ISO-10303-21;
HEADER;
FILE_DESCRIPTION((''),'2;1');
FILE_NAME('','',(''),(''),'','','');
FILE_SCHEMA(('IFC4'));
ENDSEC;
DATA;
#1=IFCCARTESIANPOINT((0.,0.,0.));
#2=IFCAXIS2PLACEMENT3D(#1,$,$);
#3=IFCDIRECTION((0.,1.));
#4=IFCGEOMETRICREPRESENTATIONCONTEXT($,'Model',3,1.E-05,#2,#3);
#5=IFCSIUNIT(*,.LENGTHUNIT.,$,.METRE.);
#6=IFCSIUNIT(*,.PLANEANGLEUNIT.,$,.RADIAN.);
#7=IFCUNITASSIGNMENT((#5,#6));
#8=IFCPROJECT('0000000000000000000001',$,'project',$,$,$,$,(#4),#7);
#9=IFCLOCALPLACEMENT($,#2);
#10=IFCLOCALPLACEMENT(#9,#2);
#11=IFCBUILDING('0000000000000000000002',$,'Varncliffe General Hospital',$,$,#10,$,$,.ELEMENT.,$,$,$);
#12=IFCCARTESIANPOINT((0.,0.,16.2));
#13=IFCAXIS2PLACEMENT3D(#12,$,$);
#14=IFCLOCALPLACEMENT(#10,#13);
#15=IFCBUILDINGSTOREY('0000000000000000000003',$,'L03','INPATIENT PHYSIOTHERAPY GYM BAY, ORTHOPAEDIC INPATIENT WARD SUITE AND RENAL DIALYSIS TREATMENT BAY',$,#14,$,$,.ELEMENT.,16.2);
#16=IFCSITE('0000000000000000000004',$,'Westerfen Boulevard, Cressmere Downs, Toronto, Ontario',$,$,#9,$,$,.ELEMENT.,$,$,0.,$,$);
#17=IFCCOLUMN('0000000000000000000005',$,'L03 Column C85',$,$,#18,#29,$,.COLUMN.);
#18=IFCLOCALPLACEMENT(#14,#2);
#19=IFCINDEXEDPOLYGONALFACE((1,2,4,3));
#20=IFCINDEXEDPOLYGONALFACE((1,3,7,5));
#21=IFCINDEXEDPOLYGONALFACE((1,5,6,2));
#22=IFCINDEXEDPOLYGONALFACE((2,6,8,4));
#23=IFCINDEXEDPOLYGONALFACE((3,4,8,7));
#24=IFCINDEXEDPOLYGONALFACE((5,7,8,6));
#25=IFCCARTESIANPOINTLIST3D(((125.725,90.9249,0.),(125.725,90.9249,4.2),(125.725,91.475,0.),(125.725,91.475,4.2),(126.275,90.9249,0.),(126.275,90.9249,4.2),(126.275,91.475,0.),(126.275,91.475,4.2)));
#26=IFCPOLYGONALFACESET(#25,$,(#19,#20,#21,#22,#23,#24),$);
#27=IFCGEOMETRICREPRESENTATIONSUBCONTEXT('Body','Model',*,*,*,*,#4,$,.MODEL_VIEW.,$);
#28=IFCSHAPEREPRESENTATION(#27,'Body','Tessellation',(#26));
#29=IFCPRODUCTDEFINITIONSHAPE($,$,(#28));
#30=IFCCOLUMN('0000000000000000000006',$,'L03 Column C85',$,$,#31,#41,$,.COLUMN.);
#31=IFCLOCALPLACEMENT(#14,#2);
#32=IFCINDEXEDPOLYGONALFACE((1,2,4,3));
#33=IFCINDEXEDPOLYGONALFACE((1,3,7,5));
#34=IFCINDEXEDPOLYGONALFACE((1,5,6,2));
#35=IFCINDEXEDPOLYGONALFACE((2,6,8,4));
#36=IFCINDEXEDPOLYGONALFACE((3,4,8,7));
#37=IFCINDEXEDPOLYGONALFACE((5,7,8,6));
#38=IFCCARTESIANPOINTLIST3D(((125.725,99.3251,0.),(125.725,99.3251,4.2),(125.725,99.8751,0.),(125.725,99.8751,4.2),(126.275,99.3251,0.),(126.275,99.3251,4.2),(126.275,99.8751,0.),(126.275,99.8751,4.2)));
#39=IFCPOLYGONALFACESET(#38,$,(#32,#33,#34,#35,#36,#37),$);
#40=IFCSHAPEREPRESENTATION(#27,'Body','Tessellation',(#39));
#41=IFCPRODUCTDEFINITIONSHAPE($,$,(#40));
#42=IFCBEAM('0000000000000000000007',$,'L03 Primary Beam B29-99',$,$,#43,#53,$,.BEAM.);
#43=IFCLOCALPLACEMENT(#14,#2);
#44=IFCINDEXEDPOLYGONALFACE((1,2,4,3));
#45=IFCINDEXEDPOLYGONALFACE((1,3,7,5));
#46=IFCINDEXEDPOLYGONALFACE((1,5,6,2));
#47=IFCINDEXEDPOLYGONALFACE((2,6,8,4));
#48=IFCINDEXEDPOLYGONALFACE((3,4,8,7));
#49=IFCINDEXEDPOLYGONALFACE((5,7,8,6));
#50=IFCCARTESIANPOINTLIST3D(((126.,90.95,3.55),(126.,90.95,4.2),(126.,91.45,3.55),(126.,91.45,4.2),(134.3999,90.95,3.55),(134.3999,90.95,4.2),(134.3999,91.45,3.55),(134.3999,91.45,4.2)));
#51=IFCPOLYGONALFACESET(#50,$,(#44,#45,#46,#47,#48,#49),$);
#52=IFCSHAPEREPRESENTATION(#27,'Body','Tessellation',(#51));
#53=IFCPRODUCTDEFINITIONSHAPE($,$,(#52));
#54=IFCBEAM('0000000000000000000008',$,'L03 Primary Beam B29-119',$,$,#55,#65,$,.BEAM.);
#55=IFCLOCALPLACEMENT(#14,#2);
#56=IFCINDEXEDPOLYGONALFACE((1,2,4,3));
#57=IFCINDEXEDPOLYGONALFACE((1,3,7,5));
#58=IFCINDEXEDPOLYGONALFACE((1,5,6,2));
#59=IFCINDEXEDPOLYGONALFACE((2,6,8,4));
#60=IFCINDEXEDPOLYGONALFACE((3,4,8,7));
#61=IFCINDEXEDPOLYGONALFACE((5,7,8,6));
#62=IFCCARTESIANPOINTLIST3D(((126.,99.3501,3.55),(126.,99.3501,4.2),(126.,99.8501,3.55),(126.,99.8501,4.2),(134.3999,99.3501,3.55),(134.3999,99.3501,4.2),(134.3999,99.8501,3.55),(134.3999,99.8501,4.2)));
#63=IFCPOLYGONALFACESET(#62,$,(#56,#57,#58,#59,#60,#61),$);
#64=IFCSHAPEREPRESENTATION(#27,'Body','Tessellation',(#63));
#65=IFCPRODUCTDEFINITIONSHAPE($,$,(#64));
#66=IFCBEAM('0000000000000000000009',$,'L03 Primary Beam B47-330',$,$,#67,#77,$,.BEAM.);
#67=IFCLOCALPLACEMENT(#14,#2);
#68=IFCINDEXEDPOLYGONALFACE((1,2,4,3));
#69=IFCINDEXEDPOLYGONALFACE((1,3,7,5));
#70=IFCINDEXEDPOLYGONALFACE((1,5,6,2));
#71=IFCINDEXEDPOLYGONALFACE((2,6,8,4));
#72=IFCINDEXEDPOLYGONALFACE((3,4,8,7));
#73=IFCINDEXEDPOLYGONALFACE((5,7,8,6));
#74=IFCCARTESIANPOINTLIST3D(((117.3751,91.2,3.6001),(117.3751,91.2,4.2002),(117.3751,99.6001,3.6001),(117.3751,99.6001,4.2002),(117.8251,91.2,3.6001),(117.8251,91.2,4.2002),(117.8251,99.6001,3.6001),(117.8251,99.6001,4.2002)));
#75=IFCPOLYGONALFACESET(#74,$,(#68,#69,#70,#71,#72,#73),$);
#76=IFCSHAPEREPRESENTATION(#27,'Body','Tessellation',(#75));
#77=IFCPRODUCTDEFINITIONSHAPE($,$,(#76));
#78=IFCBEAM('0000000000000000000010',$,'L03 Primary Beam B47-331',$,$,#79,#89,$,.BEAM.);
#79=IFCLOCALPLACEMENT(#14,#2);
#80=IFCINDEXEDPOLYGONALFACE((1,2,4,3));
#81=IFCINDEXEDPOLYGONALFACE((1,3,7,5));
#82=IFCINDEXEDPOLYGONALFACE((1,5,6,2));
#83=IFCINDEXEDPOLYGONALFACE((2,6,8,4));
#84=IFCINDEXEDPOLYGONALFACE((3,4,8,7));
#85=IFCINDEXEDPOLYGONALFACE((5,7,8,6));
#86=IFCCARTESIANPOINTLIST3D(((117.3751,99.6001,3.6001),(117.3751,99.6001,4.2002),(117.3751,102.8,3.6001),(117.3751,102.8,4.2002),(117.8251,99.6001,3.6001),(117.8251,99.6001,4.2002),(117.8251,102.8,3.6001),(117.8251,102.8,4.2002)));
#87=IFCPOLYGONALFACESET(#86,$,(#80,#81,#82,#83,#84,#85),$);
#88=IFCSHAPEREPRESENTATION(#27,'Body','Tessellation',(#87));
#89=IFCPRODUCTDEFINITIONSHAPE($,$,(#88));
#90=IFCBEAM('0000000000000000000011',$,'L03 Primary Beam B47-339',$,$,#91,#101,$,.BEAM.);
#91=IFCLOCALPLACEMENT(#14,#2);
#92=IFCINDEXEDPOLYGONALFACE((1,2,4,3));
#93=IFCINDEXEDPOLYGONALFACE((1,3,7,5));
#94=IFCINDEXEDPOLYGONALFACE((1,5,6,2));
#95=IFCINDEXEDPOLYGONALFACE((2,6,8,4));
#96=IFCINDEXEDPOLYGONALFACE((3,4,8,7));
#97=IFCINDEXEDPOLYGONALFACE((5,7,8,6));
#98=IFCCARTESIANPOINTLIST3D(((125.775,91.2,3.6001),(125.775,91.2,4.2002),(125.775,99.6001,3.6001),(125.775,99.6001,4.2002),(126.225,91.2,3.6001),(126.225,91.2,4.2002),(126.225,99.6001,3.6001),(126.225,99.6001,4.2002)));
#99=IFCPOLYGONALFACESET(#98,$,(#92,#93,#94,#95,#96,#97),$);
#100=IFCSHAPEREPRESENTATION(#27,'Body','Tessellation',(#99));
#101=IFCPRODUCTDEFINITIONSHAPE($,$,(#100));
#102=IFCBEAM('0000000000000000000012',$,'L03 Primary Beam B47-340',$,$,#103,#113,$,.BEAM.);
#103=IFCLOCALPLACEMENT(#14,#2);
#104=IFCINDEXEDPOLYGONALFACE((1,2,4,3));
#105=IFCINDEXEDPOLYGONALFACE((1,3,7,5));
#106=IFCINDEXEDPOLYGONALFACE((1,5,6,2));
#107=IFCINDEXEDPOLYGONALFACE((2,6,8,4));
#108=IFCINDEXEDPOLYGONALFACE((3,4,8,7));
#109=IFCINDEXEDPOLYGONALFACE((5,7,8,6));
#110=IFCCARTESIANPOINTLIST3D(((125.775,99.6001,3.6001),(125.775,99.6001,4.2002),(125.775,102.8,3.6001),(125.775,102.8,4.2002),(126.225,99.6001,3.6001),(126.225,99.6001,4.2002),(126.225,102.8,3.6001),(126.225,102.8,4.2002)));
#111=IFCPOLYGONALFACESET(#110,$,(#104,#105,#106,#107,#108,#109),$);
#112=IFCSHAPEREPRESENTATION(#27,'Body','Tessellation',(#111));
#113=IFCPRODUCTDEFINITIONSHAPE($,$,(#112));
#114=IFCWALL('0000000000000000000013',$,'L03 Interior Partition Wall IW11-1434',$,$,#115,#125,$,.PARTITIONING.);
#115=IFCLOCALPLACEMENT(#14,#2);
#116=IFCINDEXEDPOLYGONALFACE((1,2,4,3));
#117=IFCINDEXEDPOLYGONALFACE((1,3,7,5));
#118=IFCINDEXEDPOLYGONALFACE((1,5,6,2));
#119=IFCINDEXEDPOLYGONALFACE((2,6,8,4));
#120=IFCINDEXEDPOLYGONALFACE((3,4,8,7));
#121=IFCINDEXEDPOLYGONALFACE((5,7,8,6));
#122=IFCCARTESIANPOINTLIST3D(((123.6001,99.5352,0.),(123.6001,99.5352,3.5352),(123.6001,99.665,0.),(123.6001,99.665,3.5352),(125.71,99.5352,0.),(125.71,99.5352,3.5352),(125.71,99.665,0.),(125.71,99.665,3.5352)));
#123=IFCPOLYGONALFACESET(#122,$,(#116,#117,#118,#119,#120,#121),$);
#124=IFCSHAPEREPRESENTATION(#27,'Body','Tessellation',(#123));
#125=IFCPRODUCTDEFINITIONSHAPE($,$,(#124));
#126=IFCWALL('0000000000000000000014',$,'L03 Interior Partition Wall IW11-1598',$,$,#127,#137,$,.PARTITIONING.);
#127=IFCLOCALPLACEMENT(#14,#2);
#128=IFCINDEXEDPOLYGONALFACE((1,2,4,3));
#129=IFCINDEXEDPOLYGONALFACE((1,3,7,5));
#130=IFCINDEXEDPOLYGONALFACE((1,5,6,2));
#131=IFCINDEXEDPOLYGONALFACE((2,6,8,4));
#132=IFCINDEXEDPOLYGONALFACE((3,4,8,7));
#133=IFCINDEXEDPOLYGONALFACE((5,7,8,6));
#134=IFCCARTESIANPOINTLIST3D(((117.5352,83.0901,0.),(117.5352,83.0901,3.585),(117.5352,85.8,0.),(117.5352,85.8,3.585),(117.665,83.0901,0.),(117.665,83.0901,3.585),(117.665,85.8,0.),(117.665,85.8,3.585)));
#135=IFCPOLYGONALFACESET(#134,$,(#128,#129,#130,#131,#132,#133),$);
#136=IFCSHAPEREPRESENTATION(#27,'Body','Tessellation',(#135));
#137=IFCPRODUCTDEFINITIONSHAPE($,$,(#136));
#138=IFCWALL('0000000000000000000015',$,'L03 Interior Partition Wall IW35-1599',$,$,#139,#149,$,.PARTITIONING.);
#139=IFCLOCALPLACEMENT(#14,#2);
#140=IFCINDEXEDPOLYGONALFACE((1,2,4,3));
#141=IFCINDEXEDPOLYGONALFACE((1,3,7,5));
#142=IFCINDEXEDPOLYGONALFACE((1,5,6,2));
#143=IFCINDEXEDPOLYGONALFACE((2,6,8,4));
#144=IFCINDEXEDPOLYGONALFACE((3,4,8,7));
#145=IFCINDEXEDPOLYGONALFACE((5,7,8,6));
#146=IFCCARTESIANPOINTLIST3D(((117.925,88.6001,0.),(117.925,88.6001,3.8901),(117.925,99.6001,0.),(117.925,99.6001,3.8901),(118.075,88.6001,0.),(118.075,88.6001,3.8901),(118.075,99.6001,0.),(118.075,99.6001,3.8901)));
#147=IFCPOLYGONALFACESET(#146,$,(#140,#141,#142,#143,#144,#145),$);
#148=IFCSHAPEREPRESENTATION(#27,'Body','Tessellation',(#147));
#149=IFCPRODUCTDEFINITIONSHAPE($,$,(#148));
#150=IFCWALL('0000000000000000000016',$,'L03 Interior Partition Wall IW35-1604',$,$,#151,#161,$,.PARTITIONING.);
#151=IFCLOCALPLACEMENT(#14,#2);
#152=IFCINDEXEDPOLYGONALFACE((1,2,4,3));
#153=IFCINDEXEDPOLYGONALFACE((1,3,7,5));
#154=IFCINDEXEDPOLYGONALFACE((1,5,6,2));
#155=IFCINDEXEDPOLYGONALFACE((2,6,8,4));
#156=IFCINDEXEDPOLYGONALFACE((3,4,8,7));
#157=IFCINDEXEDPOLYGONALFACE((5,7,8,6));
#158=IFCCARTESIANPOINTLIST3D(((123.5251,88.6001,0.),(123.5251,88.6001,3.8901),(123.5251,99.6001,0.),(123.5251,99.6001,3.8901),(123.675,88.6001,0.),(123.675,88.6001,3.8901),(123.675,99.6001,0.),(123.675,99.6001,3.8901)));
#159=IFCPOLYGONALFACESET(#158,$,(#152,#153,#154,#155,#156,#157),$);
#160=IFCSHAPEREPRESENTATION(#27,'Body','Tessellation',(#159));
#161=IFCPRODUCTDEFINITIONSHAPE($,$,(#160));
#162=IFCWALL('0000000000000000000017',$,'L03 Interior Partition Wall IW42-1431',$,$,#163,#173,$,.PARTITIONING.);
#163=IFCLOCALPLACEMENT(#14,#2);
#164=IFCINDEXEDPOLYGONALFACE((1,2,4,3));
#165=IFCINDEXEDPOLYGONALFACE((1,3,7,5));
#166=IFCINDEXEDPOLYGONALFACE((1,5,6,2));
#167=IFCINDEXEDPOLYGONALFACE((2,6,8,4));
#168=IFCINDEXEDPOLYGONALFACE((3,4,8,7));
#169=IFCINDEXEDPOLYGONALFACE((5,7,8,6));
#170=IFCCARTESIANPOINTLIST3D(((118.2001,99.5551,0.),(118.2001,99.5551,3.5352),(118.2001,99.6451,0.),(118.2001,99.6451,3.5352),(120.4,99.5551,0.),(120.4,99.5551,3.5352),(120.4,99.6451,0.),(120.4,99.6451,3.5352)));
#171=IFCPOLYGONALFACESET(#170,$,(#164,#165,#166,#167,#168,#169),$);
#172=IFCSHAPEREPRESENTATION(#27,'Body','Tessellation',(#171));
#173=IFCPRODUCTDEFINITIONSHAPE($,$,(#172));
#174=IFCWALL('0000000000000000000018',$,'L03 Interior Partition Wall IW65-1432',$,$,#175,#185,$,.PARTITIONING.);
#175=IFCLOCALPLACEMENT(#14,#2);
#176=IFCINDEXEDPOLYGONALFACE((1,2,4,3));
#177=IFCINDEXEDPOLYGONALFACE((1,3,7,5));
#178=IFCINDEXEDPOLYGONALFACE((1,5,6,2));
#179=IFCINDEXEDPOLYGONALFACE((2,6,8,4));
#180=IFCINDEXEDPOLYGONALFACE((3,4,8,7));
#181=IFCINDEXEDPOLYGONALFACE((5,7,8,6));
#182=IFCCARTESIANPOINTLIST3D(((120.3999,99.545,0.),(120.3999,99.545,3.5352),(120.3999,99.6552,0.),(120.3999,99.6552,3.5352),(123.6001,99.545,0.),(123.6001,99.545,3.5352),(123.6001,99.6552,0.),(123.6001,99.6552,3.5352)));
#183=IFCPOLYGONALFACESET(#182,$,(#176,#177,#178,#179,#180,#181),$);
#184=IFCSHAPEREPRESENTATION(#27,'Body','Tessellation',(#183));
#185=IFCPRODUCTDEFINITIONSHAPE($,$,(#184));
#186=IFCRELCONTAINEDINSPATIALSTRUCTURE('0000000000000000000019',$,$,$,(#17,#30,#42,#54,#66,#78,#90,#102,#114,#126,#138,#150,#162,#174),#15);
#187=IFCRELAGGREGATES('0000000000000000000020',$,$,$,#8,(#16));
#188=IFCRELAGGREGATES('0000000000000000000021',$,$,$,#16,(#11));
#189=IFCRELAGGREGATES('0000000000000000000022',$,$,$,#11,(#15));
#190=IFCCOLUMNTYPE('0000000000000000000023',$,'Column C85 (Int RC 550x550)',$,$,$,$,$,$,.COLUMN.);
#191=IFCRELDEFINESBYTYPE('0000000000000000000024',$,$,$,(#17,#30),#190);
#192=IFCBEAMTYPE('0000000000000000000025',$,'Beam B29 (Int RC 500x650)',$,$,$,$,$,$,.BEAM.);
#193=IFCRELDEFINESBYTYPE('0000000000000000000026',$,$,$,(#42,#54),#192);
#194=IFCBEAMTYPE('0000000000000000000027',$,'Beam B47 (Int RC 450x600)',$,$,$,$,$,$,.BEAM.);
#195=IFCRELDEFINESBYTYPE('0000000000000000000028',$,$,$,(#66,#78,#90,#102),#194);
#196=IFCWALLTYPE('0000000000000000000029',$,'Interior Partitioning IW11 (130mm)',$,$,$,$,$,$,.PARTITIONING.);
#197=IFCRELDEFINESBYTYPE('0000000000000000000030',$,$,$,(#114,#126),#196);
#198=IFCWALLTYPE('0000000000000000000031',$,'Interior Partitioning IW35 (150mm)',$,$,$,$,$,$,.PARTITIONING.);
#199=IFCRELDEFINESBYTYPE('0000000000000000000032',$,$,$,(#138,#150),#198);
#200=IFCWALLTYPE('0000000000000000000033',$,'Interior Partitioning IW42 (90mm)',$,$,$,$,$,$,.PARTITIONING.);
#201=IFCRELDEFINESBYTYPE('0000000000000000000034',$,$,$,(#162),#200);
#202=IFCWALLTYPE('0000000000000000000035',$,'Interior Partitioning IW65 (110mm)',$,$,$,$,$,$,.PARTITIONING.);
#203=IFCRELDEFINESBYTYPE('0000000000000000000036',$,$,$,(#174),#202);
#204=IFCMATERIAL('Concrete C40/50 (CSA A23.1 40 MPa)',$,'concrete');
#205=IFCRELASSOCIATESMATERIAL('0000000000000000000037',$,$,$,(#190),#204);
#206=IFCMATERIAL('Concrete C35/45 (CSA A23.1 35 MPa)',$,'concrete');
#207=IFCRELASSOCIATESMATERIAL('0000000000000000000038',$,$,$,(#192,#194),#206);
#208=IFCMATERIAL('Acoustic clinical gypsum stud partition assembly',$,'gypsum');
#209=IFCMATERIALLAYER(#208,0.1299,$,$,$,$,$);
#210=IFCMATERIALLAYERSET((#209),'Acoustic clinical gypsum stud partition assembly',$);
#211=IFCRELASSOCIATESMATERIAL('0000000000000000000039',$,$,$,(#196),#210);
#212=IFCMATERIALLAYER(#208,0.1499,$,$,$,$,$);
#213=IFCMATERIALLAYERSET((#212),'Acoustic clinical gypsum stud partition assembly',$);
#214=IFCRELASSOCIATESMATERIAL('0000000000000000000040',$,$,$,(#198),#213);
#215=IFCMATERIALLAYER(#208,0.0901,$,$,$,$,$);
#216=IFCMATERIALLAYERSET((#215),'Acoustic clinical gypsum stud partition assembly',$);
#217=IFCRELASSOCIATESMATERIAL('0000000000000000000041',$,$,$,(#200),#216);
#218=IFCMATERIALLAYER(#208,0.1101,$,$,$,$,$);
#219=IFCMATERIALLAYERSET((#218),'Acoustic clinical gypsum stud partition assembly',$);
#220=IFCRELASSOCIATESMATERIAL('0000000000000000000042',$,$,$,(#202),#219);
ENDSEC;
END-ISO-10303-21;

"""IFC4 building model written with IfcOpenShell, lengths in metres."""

from ifc_helpers import new_model, si_unit, direction, frame, frame_2d, origin, origin_2d, place, context, subcontext, project, spatial, rectangle, extrude, material, layer, layer_set, material_profile, profile_set, type_object, element, save


model = new_model("IFC4")

# Units and contexts
model_context = context("Model", 3, precision=1e-05, world=origin(), true_north=direction((0.0, 1.0)))
body_context = subcontext(model_context, "Body", "Model", "MODEL_VIEW")
ifc_project = project(units=[si_unit("LENGTHUNIT", "METRE"), si_unit("PLANEANGLEUNIT", "RADIAN")], contexts=[model_context])

# Site, building, storey
site_placement = place(None, origin())
site = spatial("IfcSite", under=ifc_project, at=site_placement, Name="Westerfen Boulevard, Cressmere Downs, Toronto, Ontario", CompositionType="ELEMENT", RefElevation=0.0)
building_placement = place(site_placement, origin())
building = spatial("IfcBuilding", under=site, at=building_placement, Name="Varncliffe General Hospital", CompositionType="ELEMENT")
storey_placement = place(building_placement, frame((0.0, 0.0, 16.2)))
storey = spatial("IfcBuildingStorey", under=building, at=storey_placement, Name="L03", Description="INPATIENT PHYSIOTHERAPY GYM BAY, ORTHOPAEDIC INPATIENT WARD SUITE AND RENAL DIALYSIS TREATMENT BAY", CompositionType="ELEMENT", Elevation=16.2)

# Columns
ifc_material_1 = material(Name="Concrete C40/50 (CSA A23.1 40 MPa)", Category="concrete")
ifc_material_profile_1 = material_profile(ifc_material_1, rectangle(XDim=0.55, YDim=0.55, at=origin_2d()), Name="RC 550x550")
ifc_profile_set_1 = profile_set([ifc_material_profile_1], Name="Concrete C40/50 (CSA A23.1 40 MPa)")
column_type = type_object("IfcColumnType", Name="Column C85 (Int RC 550x550)", PredefinedType="COLUMN", material=ifc_profile_set_1)
for number, where, z_axis, x_axis, name in (
    (1, (126.0, 91.2, 0.0), (0.0, 0.0, 1.0), (1.0, 0.0, 0.0), "L03 Column C85"),
    (2, (126.0, 99.6001, 0.0), (0.0, 0.0, 1.0), (1.0, 0.0, 0.0), "L03 Column C85"),
):
    element("IfcColumn", number, at=place(storey_placement, frame(where, z_axis=z_axis, x_axis=x_axis)), inside=storey, type_object=column_type, Name=name, PredefinedType="COLUMN", context=body_context, shape_type="SweptSolid", body=[
        extrude(rectangle(XDim=0.55, YDim=0.55, at=origin_2d()), origin(), (0.0, 0.0, 1.0), 4.2),
    ])

# Beams
ifc_material_2 = material(Name="Concrete C35/45 (CSA A23.1 35 MPa)", Category="concrete")
ifc_material_profile_2 = material_profile(ifc_material_2, rectangle(XDim=0.5, YDim=0.6499, at=origin_2d()), Name="RC 500x650")
ifc_profile_set_2 = profile_set([ifc_material_profile_2], Name="Concrete C35/45 (CSA A23.1 35 MPa)")
beam_type_1 = type_object("IfcBeamType", Name="Beam B29 (Int RC 500x650)", PredefinedType="BEAM", material=ifc_profile_set_2)
for number, where, z_axis, x_axis, name in (
    (3, (126.0, 91.2, 3.875), (1.0, 0.0, 0.0), (0.0, 1.0, 0.0), "L03 Primary Beam B29-99"),
    (4, (126.0, 99.6001, 3.875), (1.0, 0.0, 0.0), (0.0, 1.0, 0.0), "L03 Primary Beam B29-119"),
):
    element("IfcBeam", number, at=place(storey_placement, frame(where, z_axis=z_axis, x_axis=x_axis)), inside=storey, type_object=beam_type_1, Name=name, PredefinedType="BEAM", context=body_context, shape_type="SweptSolid", body=[
        extrude(rectangle(XDim=0.5, YDim=0.6499, at=origin_2d()), origin(), (0.0, 0.0, 1.0), 8.3999),
    ])
ifc_material_profile_3 = material_profile(ifc_material_2, rectangle(XDim=0.45, YDim=0.6001, at=origin_2d()), Name="RC 450x600")
ifc_profile_set_3 = profile_set([ifc_material_profile_3], Name="Concrete C35/45 (CSA A23.1 35 MPa)")
beam_type_2 = type_object("IfcBeamType", Name="Beam B47 (Int RC 450x600)", PredefinedType="BEAM", material=ifc_profile_set_3)
beam_1_placement = place(storey_placement, frame((117.6001, 91.2, 3.9001), z_axis=(0.0, 1.0, 0.0), x_axis=(-1.0, 0.0, 0.0)))
element("IfcBeam", 5, at=beam_1_placement, inside=storey, type_object=beam_type_2, Name="L03 Primary Beam B47-330", PredefinedType="BEAM", context=body_context, shape_type="SweptSolid", body=[
    extrude(rectangle(XDim=0.45, YDim=0.6001, at=origin_2d()), origin(), (0.0, 0.0, 1.0), 8.4001),
])
beam_2_placement = place(storey_placement, frame((117.6001, 99.6001, 3.9001), z_axis=(0.0, 1.0, 0.0), x_axis=(-1.0, 0.0, 0.0)))
element("IfcBeam", 6, at=beam_2_placement, inside=storey, type_object=beam_type_2, Name="L03 Primary Beam B47-331", PredefinedType="BEAM", context=body_context, shape_type="SweptSolid", body=[
    extrude(rectangle(XDim=0.45, YDim=0.6001, at=origin_2d()), origin(), (0.0, 0.0, 1.0), 3.2),
])
beam_3_placement = place(storey_placement, frame((126.0, 91.2, 3.9001), z_axis=(0.0, 1.0, 0.0), x_axis=(-1.0, 0.0, 0.0)))
element("IfcBeam", 7, at=beam_3_placement, inside=storey, type_object=beam_type_2, Name="L03 Primary Beam B47-339", PredefinedType="BEAM", context=body_context, shape_type="SweptSolid", body=[
    extrude(rectangle(XDim=0.45, YDim=0.6001, at=origin_2d()), origin(), (0.0, 0.0, 1.0), 8.4001),
])
beam_4_placement = place(storey_placement, frame((126.0, 99.6001, 3.9001), z_axis=(0.0, 1.0, 0.0), x_axis=(-1.0, 0.0, 0.0)))
element("IfcBeam", 8, at=beam_4_placement, inside=storey, type_object=beam_type_2, Name="L03 Primary Beam B47-340", PredefinedType="BEAM", context=body_context, shape_type="SweptSolid", body=[
    extrude(rectangle(XDim=0.45, YDim=0.6001, at=origin_2d()), origin(), (0.0, 0.0, 1.0), 3.2),
])

# Walls
ifc_material_3 = material(Name="Acoustic clinical gypsum stud partition assembly", Category="gypsum")
ifc_layer_1 = layer(ifc_material_3, 0.1299)
ifc_layer_set_1 = layer_set([ifc_layer_1], Name="Acoustic clinical gypsum stud partition assembly")
wall_type_1 = type_object("IfcWallType", Name="Interior Partitioning IW11 (130mm)", PredefinedType="PARTITIONING", material=ifc_layer_set_1)
wall_1_placement = place(storey_placement, frame((123.6001, 99.6001, 0.0), z_axis=(0.0, 0.0, 1.0), x_axis=(1.0, 0.0, 0.0)))
element("IfcWall", 9, at=wall_1_placement, inside=storey, type_object=wall_type_1, Name="L03 Interior Partition Wall IW11-1434", PredefinedType="PARTITIONING", context=body_context, shape_type="SweptSolid", body=[
    extrude(rectangle(XDim=2.1099, YDim=0.1299, at=frame_2d((1.0549, 0.0))), origin(), (0.0, 0.0, 1.0), 3.5352),
])
wall_2_placement = place(storey_placement, frame((117.6001, 83.0901, 0.0), z_axis=(0.0, 0.0, 1.0), x_axis=(0.0, 1.0, 0.0)))
element("IfcWall", 10, at=wall_2_placement, inside=storey, type_object=wall_type_1, Name="L03 Interior Partition Wall IW11-1598", PredefinedType="PARTITIONING", context=body_context, shape_type="SweptSolid", body=[
    extrude(rectangle(XDim=2.71, YDim=0.1299, at=frame_2d((1.355, 0.0))), origin(), (0.0, 0.0, 1.0), 3.585),
])
ifc_layer_2 = layer(ifc_material_3, 0.1499)
ifc_layer_set_2 = layer_set([ifc_layer_2], Name="Acoustic clinical gypsum stud partition assembly")
wall_type_2 = type_object("IfcWallType", Name="Interior Partitioning IW35 (150mm)", PredefinedType="PARTITIONING", material=ifc_layer_set_2)
for number, where, z_axis, x_axis, name in (
    (11, (118.0, 88.6001, 0.0), (0.0, 0.0, 1.0), (0.0, 1.0, 0.0), "L03 Interior Partition Wall IW35-1599"),
    (12, (123.6001, 88.6001, 0.0), (0.0, 0.0, 1.0), (0.0, 1.0, 0.0), "L03 Interior Partition Wall IW35-1604"),
):
    element("IfcWall", number, at=place(storey_placement, frame(where, z_axis=z_axis, x_axis=x_axis)), inside=storey, type_object=wall_type_2, Name=name, PredefinedType="PARTITIONING", context=body_context, shape_type="SweptSolid", body=[
        extrude(rectangle(XDim=11.0, YDim=0.1499, at=frame_2d((5.5, 0.0))), origin(), (0.0, 0.0, 1.0), 3.8901),
    ])
ifc_layer_3 = layer(ifc_material_3, 0.0901)
ifc_layer_set_3 = layer_set([ifc_layer_3], Name="Acoustic clinical gypsum stud partition assembly")
wall_type_3 = type_object("IfcWallType", Name="Interior Partitioning IW42 (90mm)", PredefinedType="PARTITIONING", material=ifc_layer_set_3)
wall_3_placement = place(storey_placement, frame((118.2, 99.6001, 0.0), z_axis=(0.0, 0.0, 1.0), x_axis=(1.0, 0.0, 0.0)))
element("IfcWall", 13, at=wall_3_placement, inside=storey, type_object=wall_type_3, Name="L03 Interior Partition Wall IW42-1431", PredefinedType="PARTITIONING", context=body_context, shape_type="SweptSolid", body=[
    extrude(rectangle(XDim=2.2, YDim=0.0901, at=frame_2d((1.1001, 0.0))), origin(), (0.0, 0.0, 1.0), 3.5352),
])
ifc_layer_4 = layer(ifc_material_3, 0.1101)
ifc_layer_set_4 = layer_set([ifc_layer_4], Name="Acoustic clinical gypsum stud partition assembly")
wall_type_4 = type_object("IfcWallType", Name="Interior Partitioning IW65 (110mm)", PredefinedType="PARTITIONING", material=ifc_layer_set_4)
wall_4_placement = place(storey_placement, frame((120.3999, 99.6001, 0.0), z_axis=(0.0, 0.0, 1.0), x_axis=(1.0, 0.0, 0.0)))
element("IfcWall", 14, at=wall_4_placement, inside=storey, type_object=wall_type_4, Name="L03 Interior Partition Wall IW65-1432", PredefinedType="PARTITIONING", context=body_context, shape_type="SweptSolid", body=[
    extrude(rectangle(XDim=3.2002, YDim=0.1101, at=frame_2d((1.6001, 0.0))), origin(), (0.0, 0.0, 1.0), 3.5352),
])

save(model, "model.ifc")
